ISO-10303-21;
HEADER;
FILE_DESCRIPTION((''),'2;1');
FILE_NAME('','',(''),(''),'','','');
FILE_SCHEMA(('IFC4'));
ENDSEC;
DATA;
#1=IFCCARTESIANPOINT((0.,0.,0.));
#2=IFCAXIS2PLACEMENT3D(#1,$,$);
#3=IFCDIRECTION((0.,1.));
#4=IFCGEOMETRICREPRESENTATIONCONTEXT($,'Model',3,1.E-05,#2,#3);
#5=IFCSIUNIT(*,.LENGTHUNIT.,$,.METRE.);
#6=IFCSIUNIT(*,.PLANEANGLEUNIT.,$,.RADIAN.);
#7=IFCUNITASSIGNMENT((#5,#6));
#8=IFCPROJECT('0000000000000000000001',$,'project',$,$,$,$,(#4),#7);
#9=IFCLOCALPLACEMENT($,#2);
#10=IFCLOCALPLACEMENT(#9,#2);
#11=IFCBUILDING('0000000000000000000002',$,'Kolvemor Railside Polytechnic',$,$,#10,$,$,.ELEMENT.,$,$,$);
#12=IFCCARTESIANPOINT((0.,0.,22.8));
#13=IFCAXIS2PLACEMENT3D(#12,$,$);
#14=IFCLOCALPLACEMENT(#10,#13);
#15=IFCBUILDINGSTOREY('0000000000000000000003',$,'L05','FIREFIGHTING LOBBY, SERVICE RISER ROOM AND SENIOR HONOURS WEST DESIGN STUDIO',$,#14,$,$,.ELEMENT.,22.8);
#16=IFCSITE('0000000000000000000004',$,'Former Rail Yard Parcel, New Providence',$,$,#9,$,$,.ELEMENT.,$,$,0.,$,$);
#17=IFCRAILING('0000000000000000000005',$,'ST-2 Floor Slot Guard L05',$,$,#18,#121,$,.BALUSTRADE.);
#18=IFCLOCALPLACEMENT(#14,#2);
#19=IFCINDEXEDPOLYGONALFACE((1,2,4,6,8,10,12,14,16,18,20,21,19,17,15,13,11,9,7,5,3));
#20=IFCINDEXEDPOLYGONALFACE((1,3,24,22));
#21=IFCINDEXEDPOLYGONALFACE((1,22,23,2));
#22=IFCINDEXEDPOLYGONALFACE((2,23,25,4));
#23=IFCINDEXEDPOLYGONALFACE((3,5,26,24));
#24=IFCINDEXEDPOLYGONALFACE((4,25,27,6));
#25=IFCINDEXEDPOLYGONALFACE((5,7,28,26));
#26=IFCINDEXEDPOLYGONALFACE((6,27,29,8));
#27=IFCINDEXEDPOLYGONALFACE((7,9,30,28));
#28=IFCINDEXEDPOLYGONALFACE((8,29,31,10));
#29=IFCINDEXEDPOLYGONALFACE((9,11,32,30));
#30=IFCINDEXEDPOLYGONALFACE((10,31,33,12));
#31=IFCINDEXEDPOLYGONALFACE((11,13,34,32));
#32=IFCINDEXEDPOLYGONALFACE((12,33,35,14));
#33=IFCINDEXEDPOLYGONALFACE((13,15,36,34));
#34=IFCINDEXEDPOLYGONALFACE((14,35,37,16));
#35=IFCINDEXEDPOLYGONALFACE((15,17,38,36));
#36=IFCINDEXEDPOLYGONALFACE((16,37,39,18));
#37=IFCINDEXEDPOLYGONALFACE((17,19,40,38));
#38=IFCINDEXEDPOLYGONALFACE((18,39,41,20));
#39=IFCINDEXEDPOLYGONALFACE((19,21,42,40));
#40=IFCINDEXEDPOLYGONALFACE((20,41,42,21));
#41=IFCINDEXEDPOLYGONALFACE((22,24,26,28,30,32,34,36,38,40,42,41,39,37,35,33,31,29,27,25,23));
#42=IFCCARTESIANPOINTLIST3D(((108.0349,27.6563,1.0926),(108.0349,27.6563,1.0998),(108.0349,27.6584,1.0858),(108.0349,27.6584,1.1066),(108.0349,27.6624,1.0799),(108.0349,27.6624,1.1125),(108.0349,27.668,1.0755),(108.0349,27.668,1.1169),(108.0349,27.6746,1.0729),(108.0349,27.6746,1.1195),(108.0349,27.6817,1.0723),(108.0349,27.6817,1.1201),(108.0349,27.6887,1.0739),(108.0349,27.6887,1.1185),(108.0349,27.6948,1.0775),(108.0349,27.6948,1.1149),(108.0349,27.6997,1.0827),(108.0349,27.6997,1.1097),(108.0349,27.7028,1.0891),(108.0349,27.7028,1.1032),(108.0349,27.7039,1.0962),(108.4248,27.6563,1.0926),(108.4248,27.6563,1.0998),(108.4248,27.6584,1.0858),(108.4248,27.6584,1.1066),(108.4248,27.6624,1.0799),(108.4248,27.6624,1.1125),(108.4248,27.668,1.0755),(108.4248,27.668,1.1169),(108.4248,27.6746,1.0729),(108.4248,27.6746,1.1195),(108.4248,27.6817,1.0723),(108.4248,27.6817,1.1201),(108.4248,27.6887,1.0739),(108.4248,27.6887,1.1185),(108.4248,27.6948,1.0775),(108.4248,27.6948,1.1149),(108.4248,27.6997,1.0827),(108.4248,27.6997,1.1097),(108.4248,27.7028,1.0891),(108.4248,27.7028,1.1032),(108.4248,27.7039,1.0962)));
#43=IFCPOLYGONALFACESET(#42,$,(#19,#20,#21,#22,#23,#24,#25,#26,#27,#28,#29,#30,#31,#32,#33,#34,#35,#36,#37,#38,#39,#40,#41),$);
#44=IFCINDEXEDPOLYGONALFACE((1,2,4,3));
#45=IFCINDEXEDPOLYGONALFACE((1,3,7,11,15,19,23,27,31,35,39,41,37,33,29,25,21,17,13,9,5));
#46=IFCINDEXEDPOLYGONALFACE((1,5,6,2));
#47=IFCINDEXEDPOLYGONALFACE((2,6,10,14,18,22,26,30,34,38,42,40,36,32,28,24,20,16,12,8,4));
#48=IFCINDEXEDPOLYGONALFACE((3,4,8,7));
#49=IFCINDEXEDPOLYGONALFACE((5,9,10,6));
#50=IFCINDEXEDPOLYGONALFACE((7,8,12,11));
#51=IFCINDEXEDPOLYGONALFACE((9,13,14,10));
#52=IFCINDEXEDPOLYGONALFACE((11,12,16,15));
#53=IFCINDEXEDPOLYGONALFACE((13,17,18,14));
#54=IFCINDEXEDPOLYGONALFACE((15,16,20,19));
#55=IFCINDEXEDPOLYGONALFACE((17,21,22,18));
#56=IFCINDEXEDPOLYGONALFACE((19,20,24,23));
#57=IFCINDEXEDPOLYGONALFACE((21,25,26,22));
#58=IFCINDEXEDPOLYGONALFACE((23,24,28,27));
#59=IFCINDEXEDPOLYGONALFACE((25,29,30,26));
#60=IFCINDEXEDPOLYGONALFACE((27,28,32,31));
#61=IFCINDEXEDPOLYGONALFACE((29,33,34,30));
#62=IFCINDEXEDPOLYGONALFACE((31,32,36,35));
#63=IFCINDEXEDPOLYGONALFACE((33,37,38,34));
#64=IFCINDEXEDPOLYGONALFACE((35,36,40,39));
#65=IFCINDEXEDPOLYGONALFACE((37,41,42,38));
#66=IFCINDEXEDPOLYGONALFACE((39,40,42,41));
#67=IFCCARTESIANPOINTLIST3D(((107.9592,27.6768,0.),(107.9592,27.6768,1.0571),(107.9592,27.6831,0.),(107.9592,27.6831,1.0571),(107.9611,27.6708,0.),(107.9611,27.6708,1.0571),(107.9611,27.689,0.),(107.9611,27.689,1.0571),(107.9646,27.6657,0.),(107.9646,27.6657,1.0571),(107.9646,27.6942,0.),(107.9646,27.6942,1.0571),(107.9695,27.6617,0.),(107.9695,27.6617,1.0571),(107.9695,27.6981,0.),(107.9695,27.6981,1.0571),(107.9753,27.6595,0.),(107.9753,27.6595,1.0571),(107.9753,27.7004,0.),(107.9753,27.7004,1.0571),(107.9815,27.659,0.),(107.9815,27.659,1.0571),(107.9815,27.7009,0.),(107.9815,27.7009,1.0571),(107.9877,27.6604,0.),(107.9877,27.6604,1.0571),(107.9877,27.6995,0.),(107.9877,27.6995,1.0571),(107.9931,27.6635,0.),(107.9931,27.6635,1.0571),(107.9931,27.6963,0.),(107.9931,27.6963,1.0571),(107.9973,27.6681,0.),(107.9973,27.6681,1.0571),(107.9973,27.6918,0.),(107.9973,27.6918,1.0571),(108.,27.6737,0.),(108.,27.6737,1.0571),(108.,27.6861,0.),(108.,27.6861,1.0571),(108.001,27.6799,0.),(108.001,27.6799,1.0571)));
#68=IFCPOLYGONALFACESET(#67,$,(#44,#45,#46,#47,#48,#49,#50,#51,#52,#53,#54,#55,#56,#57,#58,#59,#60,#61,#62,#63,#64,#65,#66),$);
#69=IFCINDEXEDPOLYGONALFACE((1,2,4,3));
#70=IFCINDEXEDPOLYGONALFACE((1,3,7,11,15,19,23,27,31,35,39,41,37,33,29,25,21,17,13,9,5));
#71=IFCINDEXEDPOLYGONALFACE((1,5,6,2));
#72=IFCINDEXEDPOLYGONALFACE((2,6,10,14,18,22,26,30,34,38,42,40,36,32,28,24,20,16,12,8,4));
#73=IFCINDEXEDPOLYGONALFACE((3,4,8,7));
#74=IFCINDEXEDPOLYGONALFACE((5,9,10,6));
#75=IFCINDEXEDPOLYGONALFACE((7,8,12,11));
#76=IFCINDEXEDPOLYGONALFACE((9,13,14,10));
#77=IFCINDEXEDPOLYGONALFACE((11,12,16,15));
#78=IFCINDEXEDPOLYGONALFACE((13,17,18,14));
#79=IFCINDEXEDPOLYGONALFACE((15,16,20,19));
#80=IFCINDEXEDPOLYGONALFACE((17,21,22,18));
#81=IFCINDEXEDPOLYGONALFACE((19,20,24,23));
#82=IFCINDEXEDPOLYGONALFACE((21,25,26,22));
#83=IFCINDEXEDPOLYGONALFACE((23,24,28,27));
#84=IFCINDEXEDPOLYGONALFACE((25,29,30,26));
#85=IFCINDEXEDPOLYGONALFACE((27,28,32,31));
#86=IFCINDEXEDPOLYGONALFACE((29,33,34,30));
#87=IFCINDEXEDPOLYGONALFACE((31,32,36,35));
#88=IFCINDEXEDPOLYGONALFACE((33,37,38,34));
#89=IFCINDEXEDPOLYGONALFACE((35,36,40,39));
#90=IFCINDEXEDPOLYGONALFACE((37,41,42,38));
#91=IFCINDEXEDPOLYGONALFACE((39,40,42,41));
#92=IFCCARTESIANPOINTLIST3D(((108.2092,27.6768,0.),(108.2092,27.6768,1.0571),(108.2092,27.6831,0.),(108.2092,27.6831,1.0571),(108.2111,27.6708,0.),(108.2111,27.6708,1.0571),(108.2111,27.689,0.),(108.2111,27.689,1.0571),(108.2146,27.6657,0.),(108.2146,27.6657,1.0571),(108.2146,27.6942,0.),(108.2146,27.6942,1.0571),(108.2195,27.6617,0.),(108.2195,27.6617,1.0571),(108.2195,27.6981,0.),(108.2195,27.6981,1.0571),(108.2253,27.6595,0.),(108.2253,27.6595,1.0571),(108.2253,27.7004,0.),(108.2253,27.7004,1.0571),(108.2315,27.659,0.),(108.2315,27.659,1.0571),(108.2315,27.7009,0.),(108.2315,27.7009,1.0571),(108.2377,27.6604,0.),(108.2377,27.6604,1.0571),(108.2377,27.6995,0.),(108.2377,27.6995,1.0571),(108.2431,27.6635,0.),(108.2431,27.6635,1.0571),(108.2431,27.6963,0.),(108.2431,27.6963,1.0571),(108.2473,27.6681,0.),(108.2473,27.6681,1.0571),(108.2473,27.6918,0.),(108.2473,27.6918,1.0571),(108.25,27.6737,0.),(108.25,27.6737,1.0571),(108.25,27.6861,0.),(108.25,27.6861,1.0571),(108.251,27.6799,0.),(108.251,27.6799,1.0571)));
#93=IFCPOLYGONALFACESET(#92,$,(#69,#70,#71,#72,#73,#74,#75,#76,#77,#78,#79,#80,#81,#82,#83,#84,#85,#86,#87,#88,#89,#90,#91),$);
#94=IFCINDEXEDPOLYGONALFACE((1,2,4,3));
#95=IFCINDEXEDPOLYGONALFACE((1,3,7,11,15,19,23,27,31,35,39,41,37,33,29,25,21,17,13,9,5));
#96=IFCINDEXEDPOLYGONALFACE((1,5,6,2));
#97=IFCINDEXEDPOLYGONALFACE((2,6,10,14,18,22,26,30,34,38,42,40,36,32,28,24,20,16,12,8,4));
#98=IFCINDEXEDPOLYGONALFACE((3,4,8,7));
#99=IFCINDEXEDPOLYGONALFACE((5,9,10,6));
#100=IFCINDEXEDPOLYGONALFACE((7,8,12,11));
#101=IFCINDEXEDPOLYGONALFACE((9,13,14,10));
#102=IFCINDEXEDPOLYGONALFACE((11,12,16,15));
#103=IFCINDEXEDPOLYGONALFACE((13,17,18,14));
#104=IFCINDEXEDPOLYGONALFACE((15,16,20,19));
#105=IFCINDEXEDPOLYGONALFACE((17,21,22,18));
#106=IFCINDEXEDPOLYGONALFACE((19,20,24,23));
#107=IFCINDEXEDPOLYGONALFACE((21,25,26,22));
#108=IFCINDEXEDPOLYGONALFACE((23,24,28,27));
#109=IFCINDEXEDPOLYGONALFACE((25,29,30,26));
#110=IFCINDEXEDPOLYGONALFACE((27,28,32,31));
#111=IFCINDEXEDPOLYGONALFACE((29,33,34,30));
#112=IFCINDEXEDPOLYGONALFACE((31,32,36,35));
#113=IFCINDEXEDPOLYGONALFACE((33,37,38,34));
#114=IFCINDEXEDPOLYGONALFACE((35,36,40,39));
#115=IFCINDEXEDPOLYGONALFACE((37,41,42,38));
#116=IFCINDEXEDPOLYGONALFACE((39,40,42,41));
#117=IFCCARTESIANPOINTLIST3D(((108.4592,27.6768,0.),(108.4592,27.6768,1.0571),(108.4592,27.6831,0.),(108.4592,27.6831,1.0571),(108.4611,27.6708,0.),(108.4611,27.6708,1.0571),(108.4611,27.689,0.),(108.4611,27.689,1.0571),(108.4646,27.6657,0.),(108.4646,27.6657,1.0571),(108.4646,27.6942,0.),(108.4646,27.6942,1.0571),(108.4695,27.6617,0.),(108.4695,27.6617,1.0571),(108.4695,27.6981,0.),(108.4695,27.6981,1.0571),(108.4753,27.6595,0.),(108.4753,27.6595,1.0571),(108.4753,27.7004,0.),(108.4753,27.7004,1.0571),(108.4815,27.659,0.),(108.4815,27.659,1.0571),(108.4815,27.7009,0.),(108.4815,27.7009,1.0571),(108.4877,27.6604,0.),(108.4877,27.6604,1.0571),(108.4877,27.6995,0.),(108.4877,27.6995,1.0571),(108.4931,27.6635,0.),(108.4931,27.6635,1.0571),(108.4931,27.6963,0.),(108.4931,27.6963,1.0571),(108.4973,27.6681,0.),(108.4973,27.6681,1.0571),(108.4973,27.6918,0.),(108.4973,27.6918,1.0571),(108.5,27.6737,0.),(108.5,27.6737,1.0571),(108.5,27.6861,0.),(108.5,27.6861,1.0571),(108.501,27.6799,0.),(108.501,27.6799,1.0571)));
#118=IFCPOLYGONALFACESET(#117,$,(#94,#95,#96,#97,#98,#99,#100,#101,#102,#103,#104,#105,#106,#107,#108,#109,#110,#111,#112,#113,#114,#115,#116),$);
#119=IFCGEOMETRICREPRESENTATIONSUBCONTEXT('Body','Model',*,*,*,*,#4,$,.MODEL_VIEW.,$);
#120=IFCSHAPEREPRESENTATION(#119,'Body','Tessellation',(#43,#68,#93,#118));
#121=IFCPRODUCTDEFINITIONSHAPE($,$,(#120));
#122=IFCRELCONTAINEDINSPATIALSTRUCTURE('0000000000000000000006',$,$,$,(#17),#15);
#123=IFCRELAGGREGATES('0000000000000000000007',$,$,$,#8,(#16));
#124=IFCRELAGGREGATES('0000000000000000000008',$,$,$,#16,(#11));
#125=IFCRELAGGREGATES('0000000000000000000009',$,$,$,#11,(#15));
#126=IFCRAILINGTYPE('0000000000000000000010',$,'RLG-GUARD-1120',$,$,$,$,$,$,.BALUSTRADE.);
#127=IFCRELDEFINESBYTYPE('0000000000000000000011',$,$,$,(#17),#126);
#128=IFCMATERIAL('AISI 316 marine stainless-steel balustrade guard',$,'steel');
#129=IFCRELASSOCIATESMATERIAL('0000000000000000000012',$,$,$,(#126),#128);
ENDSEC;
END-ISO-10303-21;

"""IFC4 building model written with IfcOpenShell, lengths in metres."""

from ifc_helpers import new_model, si_unit, direction, frame, origin, origin_2d, place, context, subcontext, project, spatial, circle, extrude, material, type_object, element, save


model = new_model("IFC4")

# Units and contexts
model_context = context("Model", 3, precision=1e-05, world=origin(), true_north=direction((0.0, 1.0)))
body_context = subcontext(model_context, "Body", "Model", "MODEL_VIEW")
ifc_project = project(units=[si_unit("LENGTHUNIT", "METRE"), si_unit("PLANEANGLEUNIT", "RADIAN")], contexts=[model_context])

# Site, building, storey
site_placement = place(None, origin())
site = spatial("IfcSite", under=ifc_project, at=site_placement, Name="Former Rail Yard Parcel, New Providence", CompositionType="ELEMENT", RefElevation=0.0)
building_placement = place(site_placement, origin())
building = spatial("IfcBuilding", under=site, at=building_placement, Name="Kolvemor Railside Polytechnic", CompositionType="ELEMENT")
storey_placement = place(building_placement, frame((0.0, 0.0, 22.8)))
storey = spatial("IfcBuildingStorey", under=building, at=storey_placement, Name="L05", Description="FIREFIGHTING LOBBY, SERVICE RISER ROOM AND SENIOR HONOURS WEST DESIGN STUDIO", CompositionType="ELEMENT", Elevation=22.8)

# Railing
ifc_material_1 = material(Name="AISI 316 marine stainless-steel balustrade guard", Category="steel")
railing_type_1 = type_object("IfcRailingType", Name="RLG-GUARD-1120", PredefinedType="BALUSTRADE", material=ifc_material_1)
railing_1_placement = place(storey_placement, frame((107.98, 27.6799, 0.0)))
element("IfcRailing", 1, at=railing_1_placement, inside=storey, type_object=railing_type_1, Name="ST-2 Floor Slot Guard L05", PredefinedType="BALUSTRADE", context=body_context, shape_type="SweptSolid", body=[
    extrude(circle(Radius=0.0239, at=origin_2d()), frame((0.0549, 0.0, 1.0962), z_axis=(1.0, 0.0, 0.0), x_axis=(0.0, 1.0, 0.0)), (0.0, 0.0, 1.0), 0.3899),
    extrude(circle(Radius=0.021, at=origin_2d()), origin(), (0.0, 0.0, 1.0), 1.0571),
    extrude(circle(Radius=0.021, at=origin_2d()), frame((0.25, 0.0, 0.0)), (0.0, 0.0, 1.0), 1.0571),
    extrude(circle(Radius=0.021, at=origin_2d()), frame((0.5, 0.0, 0.0)), (0.0, 0.0, 1.0), 1.0571),
])

save(model, "model.ifc")
